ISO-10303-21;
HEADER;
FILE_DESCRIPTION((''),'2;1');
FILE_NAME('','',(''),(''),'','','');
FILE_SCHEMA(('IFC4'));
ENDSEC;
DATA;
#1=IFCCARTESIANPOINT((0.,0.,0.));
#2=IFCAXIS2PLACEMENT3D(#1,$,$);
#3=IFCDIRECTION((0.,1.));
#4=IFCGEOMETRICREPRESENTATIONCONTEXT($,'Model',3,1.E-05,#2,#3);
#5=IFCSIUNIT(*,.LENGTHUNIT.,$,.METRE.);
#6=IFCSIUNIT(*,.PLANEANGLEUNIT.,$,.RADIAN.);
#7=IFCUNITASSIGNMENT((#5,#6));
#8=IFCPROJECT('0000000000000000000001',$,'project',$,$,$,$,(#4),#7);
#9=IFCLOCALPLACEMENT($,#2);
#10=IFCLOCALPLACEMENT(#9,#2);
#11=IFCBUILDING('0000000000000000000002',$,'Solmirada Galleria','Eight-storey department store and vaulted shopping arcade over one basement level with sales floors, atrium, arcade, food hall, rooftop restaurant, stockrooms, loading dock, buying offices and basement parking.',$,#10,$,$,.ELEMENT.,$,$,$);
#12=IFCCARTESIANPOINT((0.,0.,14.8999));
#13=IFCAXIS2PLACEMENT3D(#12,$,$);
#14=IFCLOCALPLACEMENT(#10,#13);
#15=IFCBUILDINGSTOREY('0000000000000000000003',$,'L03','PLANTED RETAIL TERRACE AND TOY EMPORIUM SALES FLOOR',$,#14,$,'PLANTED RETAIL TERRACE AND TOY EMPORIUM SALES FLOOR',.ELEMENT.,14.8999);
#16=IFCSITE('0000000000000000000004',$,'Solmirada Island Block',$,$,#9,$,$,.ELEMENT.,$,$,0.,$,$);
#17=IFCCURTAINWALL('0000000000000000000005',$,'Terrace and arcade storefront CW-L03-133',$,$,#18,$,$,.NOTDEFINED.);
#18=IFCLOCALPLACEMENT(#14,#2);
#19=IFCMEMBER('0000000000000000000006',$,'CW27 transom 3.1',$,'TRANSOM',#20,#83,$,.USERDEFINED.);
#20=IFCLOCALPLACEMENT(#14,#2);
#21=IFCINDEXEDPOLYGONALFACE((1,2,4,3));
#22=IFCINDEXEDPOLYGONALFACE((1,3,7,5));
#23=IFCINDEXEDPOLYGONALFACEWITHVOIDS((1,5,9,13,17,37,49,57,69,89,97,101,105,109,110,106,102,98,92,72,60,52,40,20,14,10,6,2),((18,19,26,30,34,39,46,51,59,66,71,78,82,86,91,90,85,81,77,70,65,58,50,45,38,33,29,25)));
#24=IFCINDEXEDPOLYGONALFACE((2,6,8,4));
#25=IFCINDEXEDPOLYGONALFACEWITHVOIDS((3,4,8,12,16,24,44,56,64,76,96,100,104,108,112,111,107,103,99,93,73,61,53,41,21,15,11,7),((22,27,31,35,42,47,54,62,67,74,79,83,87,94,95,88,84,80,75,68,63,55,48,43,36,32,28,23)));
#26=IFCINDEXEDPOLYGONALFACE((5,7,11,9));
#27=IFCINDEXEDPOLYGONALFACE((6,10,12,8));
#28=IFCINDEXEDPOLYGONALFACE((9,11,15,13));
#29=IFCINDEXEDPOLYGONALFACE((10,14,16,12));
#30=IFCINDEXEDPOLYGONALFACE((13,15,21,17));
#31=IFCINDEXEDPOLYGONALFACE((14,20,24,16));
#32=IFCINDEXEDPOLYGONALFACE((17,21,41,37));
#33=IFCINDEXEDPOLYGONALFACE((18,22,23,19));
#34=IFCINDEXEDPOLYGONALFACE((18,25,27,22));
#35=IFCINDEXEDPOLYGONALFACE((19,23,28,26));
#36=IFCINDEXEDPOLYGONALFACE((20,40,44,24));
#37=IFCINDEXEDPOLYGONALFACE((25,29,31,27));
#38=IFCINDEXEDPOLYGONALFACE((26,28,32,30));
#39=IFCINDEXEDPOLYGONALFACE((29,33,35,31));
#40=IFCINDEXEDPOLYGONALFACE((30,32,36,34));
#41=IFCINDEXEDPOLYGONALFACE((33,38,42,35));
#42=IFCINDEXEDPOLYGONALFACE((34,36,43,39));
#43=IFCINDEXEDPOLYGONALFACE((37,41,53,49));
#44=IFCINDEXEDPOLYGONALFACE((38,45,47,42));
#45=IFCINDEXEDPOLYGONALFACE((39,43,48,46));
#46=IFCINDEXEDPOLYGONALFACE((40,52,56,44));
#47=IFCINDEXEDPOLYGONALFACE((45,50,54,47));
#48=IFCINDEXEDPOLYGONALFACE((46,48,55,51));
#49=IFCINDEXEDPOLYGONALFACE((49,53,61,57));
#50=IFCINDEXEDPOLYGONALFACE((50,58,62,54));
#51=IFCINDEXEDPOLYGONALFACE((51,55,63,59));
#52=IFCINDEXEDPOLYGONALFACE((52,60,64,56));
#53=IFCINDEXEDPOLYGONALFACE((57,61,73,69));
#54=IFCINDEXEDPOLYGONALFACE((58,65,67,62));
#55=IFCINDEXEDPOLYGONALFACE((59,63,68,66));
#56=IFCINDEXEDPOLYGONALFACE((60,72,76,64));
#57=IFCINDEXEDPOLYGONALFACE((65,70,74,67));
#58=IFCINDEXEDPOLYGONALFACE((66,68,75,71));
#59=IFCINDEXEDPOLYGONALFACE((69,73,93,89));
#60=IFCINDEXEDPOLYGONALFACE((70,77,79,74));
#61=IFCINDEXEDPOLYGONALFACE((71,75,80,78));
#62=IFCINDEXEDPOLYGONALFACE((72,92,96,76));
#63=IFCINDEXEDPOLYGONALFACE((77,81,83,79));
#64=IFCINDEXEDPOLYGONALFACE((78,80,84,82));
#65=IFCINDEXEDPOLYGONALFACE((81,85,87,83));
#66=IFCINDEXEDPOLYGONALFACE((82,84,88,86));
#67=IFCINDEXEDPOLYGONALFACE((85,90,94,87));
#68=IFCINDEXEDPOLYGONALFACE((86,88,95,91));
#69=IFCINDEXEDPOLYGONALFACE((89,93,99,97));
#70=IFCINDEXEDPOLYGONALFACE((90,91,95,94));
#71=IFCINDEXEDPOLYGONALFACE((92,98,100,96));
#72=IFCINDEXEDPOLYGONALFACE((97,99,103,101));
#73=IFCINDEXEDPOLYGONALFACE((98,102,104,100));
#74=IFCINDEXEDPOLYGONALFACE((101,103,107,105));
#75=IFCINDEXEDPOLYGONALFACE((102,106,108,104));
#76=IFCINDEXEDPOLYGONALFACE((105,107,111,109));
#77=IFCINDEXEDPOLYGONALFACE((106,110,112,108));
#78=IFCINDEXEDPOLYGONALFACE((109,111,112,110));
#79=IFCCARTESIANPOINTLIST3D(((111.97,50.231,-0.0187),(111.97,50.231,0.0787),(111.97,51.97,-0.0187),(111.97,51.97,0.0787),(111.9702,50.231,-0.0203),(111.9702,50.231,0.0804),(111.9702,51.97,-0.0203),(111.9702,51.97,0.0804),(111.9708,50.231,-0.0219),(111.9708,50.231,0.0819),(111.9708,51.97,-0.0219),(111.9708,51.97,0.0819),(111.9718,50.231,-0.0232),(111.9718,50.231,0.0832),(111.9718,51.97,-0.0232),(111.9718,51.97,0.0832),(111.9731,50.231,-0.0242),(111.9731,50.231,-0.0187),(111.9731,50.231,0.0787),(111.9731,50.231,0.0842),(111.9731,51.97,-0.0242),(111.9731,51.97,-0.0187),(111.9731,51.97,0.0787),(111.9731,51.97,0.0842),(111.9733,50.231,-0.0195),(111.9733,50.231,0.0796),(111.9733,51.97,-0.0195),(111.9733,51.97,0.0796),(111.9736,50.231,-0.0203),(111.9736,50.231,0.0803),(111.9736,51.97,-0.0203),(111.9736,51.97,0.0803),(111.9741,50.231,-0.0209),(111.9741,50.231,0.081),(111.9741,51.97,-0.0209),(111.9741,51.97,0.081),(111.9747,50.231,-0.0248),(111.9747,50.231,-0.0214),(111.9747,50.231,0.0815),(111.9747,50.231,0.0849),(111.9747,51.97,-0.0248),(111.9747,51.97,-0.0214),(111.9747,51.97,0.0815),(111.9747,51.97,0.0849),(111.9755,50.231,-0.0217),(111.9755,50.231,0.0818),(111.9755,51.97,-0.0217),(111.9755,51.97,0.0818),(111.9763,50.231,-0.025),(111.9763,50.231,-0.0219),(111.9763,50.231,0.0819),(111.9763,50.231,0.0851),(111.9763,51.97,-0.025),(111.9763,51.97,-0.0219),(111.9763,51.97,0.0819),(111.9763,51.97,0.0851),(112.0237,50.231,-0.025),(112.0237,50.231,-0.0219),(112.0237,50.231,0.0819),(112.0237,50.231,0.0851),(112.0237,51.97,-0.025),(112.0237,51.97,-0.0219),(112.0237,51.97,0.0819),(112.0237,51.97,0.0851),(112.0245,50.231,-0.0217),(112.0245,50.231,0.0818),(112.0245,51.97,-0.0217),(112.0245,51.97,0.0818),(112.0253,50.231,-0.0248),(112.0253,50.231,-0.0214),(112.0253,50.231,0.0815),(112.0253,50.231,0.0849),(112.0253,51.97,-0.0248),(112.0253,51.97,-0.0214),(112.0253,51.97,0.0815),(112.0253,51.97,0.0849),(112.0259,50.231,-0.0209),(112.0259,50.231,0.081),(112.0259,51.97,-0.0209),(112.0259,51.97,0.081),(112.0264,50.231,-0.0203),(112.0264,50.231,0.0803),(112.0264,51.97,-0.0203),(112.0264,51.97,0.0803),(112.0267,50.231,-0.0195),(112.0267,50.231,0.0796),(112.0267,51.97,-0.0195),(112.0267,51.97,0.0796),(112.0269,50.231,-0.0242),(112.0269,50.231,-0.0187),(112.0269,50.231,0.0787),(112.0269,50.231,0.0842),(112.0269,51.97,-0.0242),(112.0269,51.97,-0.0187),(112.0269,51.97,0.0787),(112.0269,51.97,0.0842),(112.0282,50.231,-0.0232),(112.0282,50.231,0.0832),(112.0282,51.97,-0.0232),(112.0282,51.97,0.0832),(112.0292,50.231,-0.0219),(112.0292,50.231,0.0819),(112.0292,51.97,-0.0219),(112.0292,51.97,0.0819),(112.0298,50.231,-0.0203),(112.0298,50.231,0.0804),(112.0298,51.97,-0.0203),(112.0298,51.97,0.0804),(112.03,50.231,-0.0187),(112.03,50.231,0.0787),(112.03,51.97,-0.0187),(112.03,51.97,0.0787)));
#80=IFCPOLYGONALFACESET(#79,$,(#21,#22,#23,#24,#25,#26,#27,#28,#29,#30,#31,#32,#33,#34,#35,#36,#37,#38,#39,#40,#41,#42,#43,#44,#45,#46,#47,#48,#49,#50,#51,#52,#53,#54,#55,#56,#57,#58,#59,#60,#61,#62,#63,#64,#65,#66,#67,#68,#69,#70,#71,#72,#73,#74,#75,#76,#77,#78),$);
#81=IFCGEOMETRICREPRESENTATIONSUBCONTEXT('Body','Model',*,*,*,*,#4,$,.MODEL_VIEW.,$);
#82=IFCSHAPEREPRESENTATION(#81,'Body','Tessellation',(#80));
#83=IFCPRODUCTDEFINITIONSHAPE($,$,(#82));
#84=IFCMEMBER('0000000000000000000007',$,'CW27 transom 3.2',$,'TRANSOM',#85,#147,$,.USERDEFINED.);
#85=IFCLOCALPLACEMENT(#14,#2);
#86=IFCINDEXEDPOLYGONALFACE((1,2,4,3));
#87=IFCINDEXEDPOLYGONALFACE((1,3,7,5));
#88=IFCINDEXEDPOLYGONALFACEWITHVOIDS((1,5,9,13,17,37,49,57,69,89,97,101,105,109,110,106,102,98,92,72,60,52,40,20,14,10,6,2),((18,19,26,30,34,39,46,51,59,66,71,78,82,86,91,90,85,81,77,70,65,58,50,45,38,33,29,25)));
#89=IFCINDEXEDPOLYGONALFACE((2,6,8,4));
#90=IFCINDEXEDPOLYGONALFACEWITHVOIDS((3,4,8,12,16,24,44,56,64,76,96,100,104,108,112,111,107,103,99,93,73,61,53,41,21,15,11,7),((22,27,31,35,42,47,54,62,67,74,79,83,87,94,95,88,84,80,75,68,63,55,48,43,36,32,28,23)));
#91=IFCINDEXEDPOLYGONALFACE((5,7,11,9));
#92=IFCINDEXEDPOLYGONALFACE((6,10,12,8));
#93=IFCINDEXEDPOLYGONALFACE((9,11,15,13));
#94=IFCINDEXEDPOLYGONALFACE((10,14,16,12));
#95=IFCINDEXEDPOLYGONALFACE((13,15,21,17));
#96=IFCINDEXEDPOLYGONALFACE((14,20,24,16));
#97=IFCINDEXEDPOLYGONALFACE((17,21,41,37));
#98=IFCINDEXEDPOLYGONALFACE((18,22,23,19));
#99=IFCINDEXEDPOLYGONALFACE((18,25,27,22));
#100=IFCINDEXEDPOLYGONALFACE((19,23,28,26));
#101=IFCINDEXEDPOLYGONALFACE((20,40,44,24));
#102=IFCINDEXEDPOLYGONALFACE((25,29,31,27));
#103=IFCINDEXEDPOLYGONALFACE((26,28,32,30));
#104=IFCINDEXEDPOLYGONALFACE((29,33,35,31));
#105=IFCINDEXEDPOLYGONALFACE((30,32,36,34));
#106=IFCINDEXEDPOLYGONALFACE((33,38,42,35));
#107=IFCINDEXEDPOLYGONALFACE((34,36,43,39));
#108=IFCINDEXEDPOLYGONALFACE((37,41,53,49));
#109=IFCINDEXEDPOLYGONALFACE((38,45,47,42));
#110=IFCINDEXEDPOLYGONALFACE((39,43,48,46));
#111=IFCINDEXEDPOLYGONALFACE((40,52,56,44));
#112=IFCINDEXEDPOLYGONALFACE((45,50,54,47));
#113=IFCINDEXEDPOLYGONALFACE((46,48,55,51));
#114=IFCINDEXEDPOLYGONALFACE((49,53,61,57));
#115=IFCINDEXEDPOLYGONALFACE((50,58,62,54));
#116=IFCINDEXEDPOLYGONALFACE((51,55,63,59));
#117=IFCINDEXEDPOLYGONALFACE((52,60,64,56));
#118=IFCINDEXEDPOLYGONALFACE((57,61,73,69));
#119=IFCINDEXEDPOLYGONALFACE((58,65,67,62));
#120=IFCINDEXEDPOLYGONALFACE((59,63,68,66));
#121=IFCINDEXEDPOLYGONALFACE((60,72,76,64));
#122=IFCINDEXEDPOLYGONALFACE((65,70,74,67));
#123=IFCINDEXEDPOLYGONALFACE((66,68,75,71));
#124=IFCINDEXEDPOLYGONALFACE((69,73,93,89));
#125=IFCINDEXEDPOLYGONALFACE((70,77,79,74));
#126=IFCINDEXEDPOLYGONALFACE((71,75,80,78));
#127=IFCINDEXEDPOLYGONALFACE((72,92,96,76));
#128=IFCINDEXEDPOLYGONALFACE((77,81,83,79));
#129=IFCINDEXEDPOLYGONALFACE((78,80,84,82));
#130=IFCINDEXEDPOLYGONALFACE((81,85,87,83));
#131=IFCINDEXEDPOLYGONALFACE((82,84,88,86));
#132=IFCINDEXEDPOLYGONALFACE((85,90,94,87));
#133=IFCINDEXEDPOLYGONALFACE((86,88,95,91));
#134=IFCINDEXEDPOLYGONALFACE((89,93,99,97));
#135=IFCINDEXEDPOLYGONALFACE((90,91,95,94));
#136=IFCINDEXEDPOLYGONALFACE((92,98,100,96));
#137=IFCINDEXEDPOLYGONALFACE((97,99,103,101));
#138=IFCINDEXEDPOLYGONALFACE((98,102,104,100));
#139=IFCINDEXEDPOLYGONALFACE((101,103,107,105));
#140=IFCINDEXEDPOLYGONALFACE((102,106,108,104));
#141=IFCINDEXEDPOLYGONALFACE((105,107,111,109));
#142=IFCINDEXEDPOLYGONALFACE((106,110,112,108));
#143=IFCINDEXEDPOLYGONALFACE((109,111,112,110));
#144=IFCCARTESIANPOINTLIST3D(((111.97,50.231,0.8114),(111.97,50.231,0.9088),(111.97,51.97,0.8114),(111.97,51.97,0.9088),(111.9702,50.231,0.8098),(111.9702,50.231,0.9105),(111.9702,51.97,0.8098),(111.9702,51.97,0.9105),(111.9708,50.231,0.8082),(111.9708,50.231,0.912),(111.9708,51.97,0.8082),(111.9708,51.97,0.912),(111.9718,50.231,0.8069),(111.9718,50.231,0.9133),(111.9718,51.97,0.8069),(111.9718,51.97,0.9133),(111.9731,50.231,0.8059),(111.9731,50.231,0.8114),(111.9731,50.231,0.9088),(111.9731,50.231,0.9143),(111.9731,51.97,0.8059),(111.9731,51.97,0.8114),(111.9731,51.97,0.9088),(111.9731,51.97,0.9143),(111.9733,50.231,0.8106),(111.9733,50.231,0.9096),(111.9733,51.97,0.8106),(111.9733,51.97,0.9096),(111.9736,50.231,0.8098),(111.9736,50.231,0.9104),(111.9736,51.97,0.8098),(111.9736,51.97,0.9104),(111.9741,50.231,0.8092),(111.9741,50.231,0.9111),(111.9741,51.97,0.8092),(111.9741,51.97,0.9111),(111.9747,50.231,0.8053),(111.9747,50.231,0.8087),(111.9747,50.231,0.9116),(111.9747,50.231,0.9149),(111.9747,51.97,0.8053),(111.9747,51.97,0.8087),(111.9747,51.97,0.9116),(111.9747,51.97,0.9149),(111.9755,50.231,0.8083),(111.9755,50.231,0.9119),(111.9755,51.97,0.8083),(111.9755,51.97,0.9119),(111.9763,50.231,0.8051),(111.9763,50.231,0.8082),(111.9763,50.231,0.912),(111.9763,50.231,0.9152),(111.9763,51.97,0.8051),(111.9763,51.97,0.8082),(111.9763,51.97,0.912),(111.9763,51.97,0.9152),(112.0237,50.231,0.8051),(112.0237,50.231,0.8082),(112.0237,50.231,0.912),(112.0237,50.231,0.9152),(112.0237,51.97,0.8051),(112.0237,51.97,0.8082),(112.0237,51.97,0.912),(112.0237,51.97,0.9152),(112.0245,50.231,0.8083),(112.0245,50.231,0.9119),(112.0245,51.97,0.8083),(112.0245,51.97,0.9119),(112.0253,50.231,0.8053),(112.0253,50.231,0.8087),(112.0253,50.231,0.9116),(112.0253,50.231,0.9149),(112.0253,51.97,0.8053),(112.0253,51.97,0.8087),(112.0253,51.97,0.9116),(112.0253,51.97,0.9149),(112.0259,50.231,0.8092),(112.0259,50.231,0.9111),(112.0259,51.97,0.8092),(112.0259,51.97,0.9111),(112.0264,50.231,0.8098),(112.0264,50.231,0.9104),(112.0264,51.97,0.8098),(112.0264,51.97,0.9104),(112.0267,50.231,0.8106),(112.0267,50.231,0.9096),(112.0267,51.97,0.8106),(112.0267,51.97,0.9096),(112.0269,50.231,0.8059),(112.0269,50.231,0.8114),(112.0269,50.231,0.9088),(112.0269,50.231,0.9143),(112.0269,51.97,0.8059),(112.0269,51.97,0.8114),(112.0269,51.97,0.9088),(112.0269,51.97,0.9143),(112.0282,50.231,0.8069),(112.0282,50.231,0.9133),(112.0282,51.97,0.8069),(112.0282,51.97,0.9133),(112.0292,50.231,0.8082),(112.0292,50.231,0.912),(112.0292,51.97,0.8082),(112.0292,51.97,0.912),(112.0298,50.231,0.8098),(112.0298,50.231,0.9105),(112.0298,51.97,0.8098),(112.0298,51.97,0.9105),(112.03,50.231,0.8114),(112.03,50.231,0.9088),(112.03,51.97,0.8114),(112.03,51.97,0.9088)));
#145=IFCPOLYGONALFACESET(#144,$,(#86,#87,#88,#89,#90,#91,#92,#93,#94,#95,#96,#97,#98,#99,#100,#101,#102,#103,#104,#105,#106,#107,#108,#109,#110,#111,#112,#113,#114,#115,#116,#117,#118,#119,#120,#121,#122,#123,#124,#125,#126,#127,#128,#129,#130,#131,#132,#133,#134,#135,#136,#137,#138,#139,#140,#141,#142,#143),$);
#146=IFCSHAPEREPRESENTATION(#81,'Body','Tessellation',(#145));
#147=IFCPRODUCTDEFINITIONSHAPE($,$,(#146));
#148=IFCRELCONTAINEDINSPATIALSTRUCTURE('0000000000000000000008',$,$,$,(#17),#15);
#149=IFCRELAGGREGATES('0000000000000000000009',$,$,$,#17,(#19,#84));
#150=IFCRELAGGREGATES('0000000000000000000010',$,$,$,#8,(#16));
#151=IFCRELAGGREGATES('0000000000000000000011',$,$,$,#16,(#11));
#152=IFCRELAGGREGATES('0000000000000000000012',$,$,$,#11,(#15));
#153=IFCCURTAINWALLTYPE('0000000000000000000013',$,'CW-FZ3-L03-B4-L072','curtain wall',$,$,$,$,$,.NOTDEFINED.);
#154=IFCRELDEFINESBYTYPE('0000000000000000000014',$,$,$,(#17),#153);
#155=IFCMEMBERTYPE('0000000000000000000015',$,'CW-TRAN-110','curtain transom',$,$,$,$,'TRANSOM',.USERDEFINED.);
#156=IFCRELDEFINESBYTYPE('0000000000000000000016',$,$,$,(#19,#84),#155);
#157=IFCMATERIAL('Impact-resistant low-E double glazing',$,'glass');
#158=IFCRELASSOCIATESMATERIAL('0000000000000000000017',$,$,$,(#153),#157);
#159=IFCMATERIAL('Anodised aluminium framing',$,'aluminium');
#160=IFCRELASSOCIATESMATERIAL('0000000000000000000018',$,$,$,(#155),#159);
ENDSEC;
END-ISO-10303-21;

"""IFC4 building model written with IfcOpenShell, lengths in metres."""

from ifc_helpers import new_model, si_unit, direction, frame, origin, origin_2d, place, context, subcontext, project, spatial, hollow_rectangle, extrude, material, material_profile, profile_set, type_object, element, aggregate, save


model = new_model("IFC4")

# Units and contexts
model_context = context("Model", 3, precision=1e-05, world=origin(), true_north=direction((0.0, 1.0)))
body_context = subcontext(model_context, "Body", "Model", "MODEL_VIEW")
ifc_project = project(units=[si_unit("LENGTHUNIT", "METRE"), si_unit("PLANEANGLEUNIT", "RADIAN")], contexts=[model_context])

# Site, building, storey
site_placement = place(None, origin())
site = spatial("IfcSite", under=ifc_project, at=site_placement, Name="Solmirada Island Block", CompositionType="ELEMENT", RefElevation=0.0)
building_placement = place(site_placement, origin())
building = spatial("IfcBuilding", under=site, at=building_placement, Name="Solmirada Galleria", Description="Eight-storey department store and vaulted shopping arcade over one basement level with sales floors, atrium, arcade, food hall, rooftop restaurant, stockrooms, loading dock, buying offices and basement parking.", CompositionType="ELEMENT")
storey_placement = place(building_placement, frame((0.0, 0.0, 14.8999)))
storey = spatial("IfcBuildingStorey", under=building, at=storey_placement, Name="L03", Description="PLANTED RETAIL TERRACE AND TOY EMPORIUM SALES FLOOR", LongName="PLANTED RETAIL TERRACE AND TOY EMPORIUM SALES FLOOR", CompositionType="ELEMENT", Elevation=14.8999)

# Curtain wall
ifc_material_1 = material(Name="Impact-resistant low-E double glazing", Category="glass")
curtain_wall_type = type_object("IfcCurtainWallType", Name="CW-FZ3-L03-B4-L072", Description="curtain wall", PredefinedType="NOTDEFINED", material=ifc_material_1)
curtain_wall_1_placement = place(storey_placement, origin())
curtain_wall_1 = element("IfcCurtainWall", 1, at=curtain_wall_1_placement, inside=storey, type_object=curtain_wall_type, Name="Terrace and arcade storefront CW-L03-133", PredefinedType="NOTDEFINED")
ifc_material_2 = material(Name="Anodised aluminium framing", Category="aluminium")

# Members
ifc_material_profile_1 = material_profile(ifc_material_2, hollow_rectangle(XDim=0.0601, YDim=0.1101, WallThickness=0.0032, InnerFilletRadius=0.0032, OuterFilletRadius=0.0063, at=origin_2d()), Name="ALU-TRAN-110X60")
ifc_profile_set_1 = profile_set([ifc_material_profile_1], Name="Anodised aluminium framing")
member_type_1 = type_object("IfcMemberType", Name="CW-TRAN-110", Description="curtain transom", ElementType="TRANSOM", PredefinedType="USERDEFINED", material=ifc_profile_set_1)
member_1_placement = place(storey_placement, frame((112.0, 51.97, 0.03), z_axis=(0.0, -1.0, 0.0), x_axis=(1.0, 0.0, 0.0)))
member_1 = element("IfcMember", 2, at=member_1_placement, type_object=member_type_1, Name="CW27 transom 3.1", ObjectType="TRANSOM", PredefinedType="USERDEFINED", context=body_context, shape_type="SweptSolid", body=[
    extrude(hollow_rectangle(XDim=0.0601, YDim=0.1101, WallThickness=0.0032, InnerFilletRadius=0.0032, OuterFilletRadius=0.0063, at=origin_2d()), origin(), (0.0, 0.0, 1.0), 1.739),
])
member_2_placement = place(storey_placement, frame((112.0, 51.97, 0.8601), z_axis=(0.0, -1.0, 0.0), x_axis=(1.0, 0.0, 0.0)))
member_2 = element("IfcMember", 3, at=member_2_placement, type_object=member_type_1, Name="CW27 transom 3.2", ObjectType="TRANSOM", PredefinedType="USERDEFINED", context=body_context, shape_type="SweptSolid", body=[
    extrude(hollow_rectangle(XDim=0.0601, YDim=0.1101, WallThickness=0.0032, InnerFilletRadius=0.0032, OuterFilletRadius=0.0063, at=origin_2d()), origin(), (0.0, 0.0, 1.0), 1.739),
])

aggregate(curtain_wall_1, [member_1, member_2])

save(model, "model.ifc")
